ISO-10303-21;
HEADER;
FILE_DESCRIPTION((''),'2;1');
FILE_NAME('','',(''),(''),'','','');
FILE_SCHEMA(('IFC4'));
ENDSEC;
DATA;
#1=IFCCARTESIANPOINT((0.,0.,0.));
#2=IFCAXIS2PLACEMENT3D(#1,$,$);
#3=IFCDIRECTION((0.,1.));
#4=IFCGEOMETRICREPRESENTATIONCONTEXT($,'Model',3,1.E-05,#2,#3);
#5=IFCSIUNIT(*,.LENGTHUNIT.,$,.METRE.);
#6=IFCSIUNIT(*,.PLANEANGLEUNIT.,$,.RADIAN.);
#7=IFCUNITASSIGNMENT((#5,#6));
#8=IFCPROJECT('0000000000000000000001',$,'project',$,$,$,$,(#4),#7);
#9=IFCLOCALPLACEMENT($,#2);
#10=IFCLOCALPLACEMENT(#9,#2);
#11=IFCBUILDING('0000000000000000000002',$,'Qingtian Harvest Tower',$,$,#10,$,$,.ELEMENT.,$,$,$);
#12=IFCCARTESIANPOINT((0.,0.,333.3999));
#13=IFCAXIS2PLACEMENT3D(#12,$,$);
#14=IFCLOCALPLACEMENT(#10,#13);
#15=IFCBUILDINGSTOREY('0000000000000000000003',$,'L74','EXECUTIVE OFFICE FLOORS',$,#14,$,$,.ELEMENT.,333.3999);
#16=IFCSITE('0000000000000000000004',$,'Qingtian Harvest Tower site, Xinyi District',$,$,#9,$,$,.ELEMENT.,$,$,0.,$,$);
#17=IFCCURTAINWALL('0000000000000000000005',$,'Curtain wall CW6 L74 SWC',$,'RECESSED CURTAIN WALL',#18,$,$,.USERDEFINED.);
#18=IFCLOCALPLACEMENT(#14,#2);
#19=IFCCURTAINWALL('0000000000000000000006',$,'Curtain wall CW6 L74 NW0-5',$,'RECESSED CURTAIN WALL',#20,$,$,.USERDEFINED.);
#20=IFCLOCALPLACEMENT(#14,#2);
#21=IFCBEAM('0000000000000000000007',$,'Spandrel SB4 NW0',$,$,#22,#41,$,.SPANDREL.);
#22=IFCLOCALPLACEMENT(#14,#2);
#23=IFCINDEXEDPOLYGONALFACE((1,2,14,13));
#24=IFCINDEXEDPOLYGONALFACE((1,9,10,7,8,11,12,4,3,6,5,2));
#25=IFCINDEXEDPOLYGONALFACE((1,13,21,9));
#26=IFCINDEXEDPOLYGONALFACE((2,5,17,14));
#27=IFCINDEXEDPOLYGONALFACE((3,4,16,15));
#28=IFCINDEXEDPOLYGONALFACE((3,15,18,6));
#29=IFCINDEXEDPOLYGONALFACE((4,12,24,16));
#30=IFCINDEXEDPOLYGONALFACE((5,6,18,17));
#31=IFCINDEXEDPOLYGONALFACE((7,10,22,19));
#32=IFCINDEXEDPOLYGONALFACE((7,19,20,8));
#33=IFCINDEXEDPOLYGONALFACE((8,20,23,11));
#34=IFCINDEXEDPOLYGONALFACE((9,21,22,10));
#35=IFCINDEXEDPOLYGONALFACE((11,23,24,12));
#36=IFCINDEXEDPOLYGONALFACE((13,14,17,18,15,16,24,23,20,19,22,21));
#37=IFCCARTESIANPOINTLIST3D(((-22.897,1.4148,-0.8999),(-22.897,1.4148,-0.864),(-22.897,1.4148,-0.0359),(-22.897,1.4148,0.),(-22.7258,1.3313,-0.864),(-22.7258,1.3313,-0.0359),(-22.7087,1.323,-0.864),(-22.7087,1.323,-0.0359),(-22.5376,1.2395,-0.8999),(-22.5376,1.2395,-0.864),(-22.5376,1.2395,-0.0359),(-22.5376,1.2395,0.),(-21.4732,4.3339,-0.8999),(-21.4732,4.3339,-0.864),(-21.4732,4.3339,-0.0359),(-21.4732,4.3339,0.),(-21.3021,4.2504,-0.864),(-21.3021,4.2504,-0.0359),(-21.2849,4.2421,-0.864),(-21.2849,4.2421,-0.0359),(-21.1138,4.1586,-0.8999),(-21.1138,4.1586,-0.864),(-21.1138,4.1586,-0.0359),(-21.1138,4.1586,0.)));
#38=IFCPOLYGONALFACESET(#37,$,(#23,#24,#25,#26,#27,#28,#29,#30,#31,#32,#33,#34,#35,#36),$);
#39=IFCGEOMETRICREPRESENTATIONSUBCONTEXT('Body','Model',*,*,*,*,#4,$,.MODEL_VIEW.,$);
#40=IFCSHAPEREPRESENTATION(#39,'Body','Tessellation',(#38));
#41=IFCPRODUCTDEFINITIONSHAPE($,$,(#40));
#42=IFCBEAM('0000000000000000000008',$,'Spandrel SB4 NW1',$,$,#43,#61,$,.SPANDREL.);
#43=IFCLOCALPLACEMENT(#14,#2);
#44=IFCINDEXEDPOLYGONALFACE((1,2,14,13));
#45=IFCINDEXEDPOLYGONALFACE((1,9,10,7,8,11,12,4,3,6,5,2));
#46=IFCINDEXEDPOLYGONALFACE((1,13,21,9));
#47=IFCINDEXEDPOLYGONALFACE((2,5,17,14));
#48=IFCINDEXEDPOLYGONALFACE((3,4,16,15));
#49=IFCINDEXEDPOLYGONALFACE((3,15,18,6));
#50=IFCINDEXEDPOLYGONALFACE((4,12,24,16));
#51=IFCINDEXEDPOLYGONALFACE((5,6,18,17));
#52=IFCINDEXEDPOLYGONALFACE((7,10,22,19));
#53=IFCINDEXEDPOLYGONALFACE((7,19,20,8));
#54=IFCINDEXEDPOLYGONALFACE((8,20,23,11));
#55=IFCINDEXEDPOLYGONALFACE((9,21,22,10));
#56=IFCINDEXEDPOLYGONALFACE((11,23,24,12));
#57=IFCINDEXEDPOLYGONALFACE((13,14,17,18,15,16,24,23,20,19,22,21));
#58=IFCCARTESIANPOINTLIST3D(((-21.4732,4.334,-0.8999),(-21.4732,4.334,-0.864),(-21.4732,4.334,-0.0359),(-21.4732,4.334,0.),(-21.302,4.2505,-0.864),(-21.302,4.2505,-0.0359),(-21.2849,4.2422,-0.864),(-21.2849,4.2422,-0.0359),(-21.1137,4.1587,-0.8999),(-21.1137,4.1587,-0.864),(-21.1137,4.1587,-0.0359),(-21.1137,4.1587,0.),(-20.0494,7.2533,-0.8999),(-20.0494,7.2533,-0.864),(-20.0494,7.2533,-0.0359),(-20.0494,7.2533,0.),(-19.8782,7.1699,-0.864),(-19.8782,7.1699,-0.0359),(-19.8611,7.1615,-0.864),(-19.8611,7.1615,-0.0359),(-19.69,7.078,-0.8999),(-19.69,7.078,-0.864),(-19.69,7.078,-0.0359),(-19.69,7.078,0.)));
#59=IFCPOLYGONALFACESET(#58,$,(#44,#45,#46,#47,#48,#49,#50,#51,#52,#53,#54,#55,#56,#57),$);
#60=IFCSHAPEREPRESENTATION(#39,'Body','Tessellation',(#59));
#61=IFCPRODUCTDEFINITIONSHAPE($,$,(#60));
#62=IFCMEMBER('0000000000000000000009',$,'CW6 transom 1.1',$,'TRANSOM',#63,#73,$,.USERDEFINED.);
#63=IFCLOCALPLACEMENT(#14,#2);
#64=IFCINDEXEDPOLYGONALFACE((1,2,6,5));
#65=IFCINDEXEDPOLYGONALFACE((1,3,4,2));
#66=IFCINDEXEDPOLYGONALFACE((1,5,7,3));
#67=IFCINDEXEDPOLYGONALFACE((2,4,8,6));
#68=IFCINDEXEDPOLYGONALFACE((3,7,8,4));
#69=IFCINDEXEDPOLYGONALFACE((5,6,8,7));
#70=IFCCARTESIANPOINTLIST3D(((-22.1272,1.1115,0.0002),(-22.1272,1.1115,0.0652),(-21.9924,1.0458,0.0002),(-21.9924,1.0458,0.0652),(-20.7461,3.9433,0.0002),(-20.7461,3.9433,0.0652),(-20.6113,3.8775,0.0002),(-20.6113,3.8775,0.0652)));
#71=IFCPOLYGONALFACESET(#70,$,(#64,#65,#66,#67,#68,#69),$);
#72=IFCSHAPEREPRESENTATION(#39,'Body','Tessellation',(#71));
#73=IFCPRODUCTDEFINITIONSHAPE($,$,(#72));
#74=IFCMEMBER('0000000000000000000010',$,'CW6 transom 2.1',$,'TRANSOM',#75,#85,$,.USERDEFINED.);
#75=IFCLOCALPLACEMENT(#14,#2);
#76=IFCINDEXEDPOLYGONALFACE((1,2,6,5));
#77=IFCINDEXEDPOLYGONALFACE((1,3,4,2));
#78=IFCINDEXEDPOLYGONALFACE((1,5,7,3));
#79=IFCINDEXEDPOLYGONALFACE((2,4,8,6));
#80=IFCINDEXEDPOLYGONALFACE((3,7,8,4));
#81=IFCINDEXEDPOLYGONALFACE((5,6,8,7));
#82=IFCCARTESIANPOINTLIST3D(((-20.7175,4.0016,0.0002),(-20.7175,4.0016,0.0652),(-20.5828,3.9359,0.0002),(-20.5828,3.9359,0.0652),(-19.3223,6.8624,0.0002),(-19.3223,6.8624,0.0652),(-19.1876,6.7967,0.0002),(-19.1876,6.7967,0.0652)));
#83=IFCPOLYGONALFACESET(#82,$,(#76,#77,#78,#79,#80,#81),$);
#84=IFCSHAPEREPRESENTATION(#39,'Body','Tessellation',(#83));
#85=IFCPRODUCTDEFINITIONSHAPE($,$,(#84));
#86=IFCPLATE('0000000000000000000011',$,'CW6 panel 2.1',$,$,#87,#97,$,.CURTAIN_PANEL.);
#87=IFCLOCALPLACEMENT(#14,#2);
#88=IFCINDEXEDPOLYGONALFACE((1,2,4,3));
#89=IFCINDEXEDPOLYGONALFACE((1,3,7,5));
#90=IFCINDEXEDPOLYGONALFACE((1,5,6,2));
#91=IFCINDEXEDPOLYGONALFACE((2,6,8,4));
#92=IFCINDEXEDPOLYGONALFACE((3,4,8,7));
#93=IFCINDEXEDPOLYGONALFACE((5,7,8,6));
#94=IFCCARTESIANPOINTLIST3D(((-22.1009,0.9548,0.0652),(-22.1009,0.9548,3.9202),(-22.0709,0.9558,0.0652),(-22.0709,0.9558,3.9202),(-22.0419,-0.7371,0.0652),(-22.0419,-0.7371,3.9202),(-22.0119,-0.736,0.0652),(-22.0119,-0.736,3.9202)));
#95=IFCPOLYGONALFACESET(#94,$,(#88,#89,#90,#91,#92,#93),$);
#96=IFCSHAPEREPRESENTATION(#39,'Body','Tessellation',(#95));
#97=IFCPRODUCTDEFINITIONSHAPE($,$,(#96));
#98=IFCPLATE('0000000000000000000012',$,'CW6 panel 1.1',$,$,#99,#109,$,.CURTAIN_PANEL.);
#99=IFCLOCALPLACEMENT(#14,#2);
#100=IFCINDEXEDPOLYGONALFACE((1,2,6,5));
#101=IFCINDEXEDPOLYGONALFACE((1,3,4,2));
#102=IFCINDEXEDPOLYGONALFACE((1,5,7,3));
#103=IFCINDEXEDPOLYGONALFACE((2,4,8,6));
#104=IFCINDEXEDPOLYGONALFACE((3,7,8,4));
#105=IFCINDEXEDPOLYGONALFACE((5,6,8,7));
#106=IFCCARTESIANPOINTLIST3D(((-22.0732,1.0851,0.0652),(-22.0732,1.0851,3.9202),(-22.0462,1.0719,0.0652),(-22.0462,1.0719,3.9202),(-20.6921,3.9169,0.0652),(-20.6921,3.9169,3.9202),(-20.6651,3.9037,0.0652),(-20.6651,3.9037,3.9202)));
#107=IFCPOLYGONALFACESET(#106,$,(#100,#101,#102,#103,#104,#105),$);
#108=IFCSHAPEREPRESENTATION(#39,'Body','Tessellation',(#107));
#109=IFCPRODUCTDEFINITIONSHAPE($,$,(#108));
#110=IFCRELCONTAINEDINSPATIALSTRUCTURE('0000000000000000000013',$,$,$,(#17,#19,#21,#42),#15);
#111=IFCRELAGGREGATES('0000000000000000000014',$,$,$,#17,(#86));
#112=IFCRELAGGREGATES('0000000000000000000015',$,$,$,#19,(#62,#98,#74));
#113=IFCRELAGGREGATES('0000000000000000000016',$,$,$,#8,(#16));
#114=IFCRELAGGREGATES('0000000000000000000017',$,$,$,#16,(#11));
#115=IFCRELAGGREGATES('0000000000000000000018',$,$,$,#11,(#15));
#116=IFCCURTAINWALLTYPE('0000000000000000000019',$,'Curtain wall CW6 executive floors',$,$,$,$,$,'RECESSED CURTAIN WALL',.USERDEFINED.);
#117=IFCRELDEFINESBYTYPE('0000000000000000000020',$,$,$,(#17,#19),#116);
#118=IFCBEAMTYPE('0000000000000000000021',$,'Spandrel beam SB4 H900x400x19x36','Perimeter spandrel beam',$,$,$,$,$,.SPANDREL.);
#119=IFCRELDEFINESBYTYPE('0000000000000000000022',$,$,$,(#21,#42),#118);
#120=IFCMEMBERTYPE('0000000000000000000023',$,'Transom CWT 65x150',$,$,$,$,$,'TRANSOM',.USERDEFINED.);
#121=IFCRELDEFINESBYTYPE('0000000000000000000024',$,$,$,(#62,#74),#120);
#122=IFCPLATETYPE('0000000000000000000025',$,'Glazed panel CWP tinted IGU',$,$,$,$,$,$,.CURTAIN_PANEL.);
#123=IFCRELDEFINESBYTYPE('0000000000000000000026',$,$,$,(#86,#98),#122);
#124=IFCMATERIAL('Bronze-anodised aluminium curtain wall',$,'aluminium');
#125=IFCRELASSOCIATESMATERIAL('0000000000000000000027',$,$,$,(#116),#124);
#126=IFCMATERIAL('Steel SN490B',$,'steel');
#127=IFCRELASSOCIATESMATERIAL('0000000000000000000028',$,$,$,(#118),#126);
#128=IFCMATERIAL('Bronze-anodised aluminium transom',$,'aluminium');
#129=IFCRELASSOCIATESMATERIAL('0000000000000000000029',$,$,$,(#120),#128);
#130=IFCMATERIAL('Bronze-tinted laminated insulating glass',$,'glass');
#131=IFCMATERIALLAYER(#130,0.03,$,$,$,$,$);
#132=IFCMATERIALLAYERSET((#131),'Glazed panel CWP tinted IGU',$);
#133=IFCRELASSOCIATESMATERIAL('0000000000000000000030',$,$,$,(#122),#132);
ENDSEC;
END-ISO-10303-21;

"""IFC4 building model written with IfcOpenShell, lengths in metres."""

from ifc_helpers import new_model, si_unit, direction, frame, origin, origin_2d, place, context, subcontext, project, spatial, rectangle, i_section, extrude, material, layer, layer_set, material_profile, profile_set, type_object, element, aggregate, save


model = new_model("IFC4")

# Units and contexts
model_context = context("Model", 3, precision=1e-05, world=origin(), true_north=direction((0.0, 1.0)))
body_context = subcontext(model_context, "Body", "Model", "MODEL_VIEW")
ifc_project = project(units=[si_unit("LENGTHUNIT", "METRE"), si_unit("PLANEANGLEUNIT", "RADIAN")], contexts=[model_context])

# Site, building, storey
site_placement = place(None, origin())
site = spatial("IfcSite", under=ifc_project, at=site_placement, Name="Qingtian Harvest Tower site, Xinyi District", CompositionType="ELEMENT", RefElevation=0.0)
building_placement = place(site_placement, origin())
building = spatial("IfcBuilding", under=site, at=building_placement, Name="Qingtian Harvest Tower", CompositionType="ELEMENT")
storey_placement = place(building_placement, frame((0.0, 0.0, 333.3999)))
storey = spatial("IfcBuildingStorey", under=building, at=storey_placement, Name="L74", Description="EXECUTIVE OFFICE FLOORS", CompositionType="ELEMENT", Elevation=333.3999)

# Curtain wall
ifc_material_1 = material(Name="Bronze-anodised aluminium curtain wall", Category="aluminium")
curtain_wall_type = type_object("IfcCurtainWallType", Name="Curtain wall CW6 executive floors", ElementType="RECESSED CURTAIN WALL", PredefinedType="USERDEFINED", material=ifc_material_1)
curtain_wall_1_placement = place(storey_placement, origin())
curtain_wall_1 = element("IfcCurtainWall", 1, at=curtain_wall_1_placement, inside=storey, type_object=curtain_wall_type, Name="Curtain wall CW6 L74 SWC", ObjectType="RECESSED CURTAIN WALL", PredefinedType="USERDEFINED")

# Curtain wall
curtain_wall_2_placement = place(storey_placement, origin())
curtain_wall_2 = element("IfcCurtainWall", 2, at=curtain_wall_2_placement, inside=storey, type_object=curtain_wall_type, Name="Curtain wall CW6 L74 NW0-5", ObjectType="RECESSED CURTAIN WALL", PredefinedType="USERDEFINED")

# Beams
ifc_material_2 = material(Name="Steel SN490B", Category="steel")
ifc_material_profile_1 = material_profile(ifc_material_2, i_section(OverallWidth=0.3999, OverallDepth=0.8999, WebThickness=0.019, FlangeThickness=0.0359, at=origin_2d()), Name="H900x400x19x36")
ifc_profile_set_1 = profile_set([ifc_material_profile_1], Name="Steel SN490B")
beam_type_1 = type_object("IfcBeamType", Name="Spandrel beam SB4 H900x400x19x36", Description="Perimeter spandrel beam", PredefinedType="SPANDREL", material=ifc_profile_set_1)
beam_1_placement = place(storey_placement, frame((-22.7173, 1.3271, -0.45), z_axis=(0.438382, 0.898789, 0.0), x_axis=(-0.898789, 0.438382, 0.0)))
element("IfcBeam", 3, at=beam_1_placement, inside=storey, type_object=beam_type_1, Name="Spandrel SB4 NW0", PredefinedType="SPANDREL", context=body_context, shape_type="SweptSolid", body=[
    extrude(i_section(OverallWidth=0.3999, OverallDepth=0.8999, WebThickness=0.019, FlangeThickness=0.0359, at=origin_2d()), origin(), (0.0, 0.0, 1.0), 3.2478),
])
beam_2_placement = place(storey_placement, frame((-21.2935, 4.2463, -0.45), z_axis=(0.438353, 0.898803, 0.0), x_axis=(-0.898803, 0.438353, 0.0)))
element("IfcBeam", 4, at=beam_2_placement, inside=storey, type_object=beam_type_1, Name="Spandrel SB4 NW1", PredefinedType="SPANDREL", context=body_context, shape_type="SweptSolid", body=[
    extrude(i_section(OverallWidth=0.3999, OverallDepth=0.8999, WebThickness=0.019, FlangeThickness=0.0359, at=origin_2d()), origin(), (0.0, 0.0, 1.0), 3.248),
])

# Members
ifc_material_3 = material(Name="Bronze-anodised aluminium transom", Category="aluminium")
ifc_material_profile_2 = material_profile(ifc_material_3, rectangle(XDim=0.1499, YDim=0.0649, at=origin_2d()), Name="AL 65x150")
ifc_profile_set_2 = profile_set([ifc_material_profile_2], Name="Bronze-anodised aluminium transom")
member_type_1 = type_object("IfcMemberType", Name="Transom CWT 65x150", ElementType="TRANSOM", PredefinedType="USERDEFINED", material=ifc_profile_set_2)
member_1_placement = place(storey_placement, frame((-22.0598, 1.0786, 0.0327), z_axis=(0.438358, 0.8988, 0.0), x_axis=(-0.8988, 0.438358, 0.0)))
member_1 = element("IfcMember", 5, at=member_1_placement, type_object=member_type_1, Name="CW6 transom 1.1", ObjectType="TRANSOM", PredefinedType="USERDEFINED", context=body_context, shape_type="SweptSolid", body=[
    extrude(rectangle(XDim=0.1499, YDim=0.0649, at=origin_2d()), origin(), (0.0, 0.0, 1.0), 3.1506),
])
member_2_placement = place(storey_placement, frame((-20.6501, 3.9688, 0.0327), z_axis=(0.438356, 0.898802, 0.0), x_axis=(-0.898802, 0.438356, 0.0)))
member_2 = element("IfcMember", 6, at=member_2_placement, type_object=member_type_1, Name="CW6 transom 2.1", ObjectType="TRANSOM", PredefinedType="USERDEFINED", context=body_context, shape_type="SweptSolid", body=[
    extrude(rectangle(XDim=0.1499, YDim=0.0649, at=origin_2d()), origin(), (0.0, 0.0, 1.0), 3.1829),
])

# Plates
ifc_material_4 = material(Name="Bronze-tinted laminated insulating glass", Category="glass")
ifc_layer = layer(ifc_material_4, 0.03)
ifc_layer_set = layer_set([ifc_layer], Name="Glazed panel CWP tinted IGU")
plate_type = type_object("IfcPlateType", Name="Glazed panel CWP tinted IGU", PredefinedType="CURTAIN_PANEL", material=ifc_layer_set)
plate_1_placement = place(storey_placement, frame((-22.0564, 0.1094, 0.0652), z_axis=(0.0, 0.0, 1.0), x_axis=(-0.034899, 0.999391, 0.0)))
plate_1 = element("IfcPlate", 7, at=plate_1_placement, type_object=plate_type, Name="CW6 panel 2.1", PredefinedType="CURTAIN_PANEL", context=body_context, shape_type="SweptSolid", body=[
    extrude(rectangle(XDim=1.6929, YDim=0.03, at=origin_2d()), origin(), (0.0, 0.0, 1.0), 3.855),
])
aggregate(curtain_wall_1, [plate_1])
plate_2_placement = place(storey_placement, frame((-21.3691, 2.4944, 0.0652), z_axis=(0.0, 0.0, 1.0), x_axis=(0.438371, 0.898794, 0.0)))
plate_2 = element("IfcPlate", 8, at=plate_2_placement, type_object=plate_type, Name="CW6 panel 1.1", PredefinedType="CURTAIN_PANEL", context=body_context, shape_type="SweptSolid", body=[
    extrude(rectangle(XDim=3.1506, YDim=0.03, at=origin_2d()), origin(), (0.0, 0.0, 1.0), 3.855),
])
aggregate(curtain_wall_2, [member_1, plate_2, member_2])

save(model, "model.ifc")
